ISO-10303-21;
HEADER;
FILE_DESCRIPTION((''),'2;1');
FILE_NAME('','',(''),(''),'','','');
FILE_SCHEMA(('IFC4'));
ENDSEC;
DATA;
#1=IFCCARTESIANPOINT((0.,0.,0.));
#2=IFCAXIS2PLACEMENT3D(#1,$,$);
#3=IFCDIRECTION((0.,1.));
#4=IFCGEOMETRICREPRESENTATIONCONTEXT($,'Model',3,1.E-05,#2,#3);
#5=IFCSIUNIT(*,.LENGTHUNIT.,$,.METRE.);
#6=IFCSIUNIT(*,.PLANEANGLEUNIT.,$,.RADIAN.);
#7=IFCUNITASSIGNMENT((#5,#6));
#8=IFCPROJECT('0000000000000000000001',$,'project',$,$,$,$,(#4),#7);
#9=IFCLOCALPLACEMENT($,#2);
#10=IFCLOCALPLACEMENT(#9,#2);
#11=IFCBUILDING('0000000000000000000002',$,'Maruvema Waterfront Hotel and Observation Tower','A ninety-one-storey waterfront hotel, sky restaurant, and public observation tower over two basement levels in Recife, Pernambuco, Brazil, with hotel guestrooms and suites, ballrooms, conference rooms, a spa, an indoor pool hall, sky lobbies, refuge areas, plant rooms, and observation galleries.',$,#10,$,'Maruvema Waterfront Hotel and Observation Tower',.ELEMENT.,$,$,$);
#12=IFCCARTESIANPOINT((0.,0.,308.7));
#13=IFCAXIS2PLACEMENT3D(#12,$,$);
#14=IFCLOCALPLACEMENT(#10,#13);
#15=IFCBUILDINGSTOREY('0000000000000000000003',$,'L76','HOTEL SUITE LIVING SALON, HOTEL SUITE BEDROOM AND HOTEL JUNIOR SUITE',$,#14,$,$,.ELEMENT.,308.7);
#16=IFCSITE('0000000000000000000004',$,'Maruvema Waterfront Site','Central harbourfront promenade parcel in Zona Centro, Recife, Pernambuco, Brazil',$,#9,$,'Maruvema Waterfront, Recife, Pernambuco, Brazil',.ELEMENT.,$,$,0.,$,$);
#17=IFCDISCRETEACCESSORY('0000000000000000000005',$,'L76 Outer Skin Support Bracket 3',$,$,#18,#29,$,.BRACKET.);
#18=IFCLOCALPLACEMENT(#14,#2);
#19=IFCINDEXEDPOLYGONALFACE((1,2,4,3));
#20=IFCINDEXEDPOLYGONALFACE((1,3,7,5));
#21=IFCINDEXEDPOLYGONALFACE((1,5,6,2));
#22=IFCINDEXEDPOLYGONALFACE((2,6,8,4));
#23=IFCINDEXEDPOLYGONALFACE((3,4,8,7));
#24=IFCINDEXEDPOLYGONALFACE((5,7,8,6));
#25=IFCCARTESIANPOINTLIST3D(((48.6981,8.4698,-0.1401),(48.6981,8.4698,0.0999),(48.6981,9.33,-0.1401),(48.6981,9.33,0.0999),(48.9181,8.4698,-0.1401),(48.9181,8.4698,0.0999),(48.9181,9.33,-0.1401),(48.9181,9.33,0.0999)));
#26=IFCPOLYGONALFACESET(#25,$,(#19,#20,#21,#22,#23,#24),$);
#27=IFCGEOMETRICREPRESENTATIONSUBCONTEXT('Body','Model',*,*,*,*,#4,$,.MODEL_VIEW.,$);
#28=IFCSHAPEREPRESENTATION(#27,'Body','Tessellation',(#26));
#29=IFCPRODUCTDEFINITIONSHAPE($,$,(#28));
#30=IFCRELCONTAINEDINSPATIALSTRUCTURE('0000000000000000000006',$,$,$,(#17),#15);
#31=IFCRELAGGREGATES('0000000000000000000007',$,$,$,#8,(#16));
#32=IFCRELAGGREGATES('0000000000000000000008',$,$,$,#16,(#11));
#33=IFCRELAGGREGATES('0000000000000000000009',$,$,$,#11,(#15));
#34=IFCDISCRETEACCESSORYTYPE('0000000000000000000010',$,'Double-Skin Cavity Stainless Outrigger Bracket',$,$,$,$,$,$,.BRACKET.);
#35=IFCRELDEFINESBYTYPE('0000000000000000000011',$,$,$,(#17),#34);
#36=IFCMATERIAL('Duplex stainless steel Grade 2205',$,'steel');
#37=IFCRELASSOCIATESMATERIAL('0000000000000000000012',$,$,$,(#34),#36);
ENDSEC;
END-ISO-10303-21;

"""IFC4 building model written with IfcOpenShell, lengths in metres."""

from ifc_helpers import new_model, si_unit, direction, frame, origin, origin_2d, place, context, subcontext, project, spatial, rectangle, extrude, material, type_object, element, save


model = new_model("IFC4")

# Units and contexts
model_context = context("Model", 3, precision=1e-05, world=origin(), true_north=direction((0.0, 1.0)))
body_context = subcontext(model_context, "Body", "Model", "MODEL_VIEW")
ifc_project = project(units=[si_unit("LENGTHUNIT", "METRE"), si_unit("PLANEANGLEUNIT", "RADIAN")], contexts=[model_context])

# Site, building, storey
site_placement = place(None, origin())
site = spatial("IfcSite", under=ifc_project, at=site_placement, Name="Maruvema Waterfront Site", Description="Central harbourfront promenade parcel in Zona Centro, Recife, Pernambuco, Brazil", LongName="Maruvema Waterfront, Recife, Pernambuco, Brazil", CompositionType="ELEMENT", RefElevation=0.0)
building_placement = place(site_placement, origin())
building = spatial("IfcBuilding", under=site, at=building_placement, Name="Maruvema Waterfront Hotel and Observation Tower", Description="A ninety-one-storey waterfront hotel, sky restaurant, and public observation tower over two basement levels in Recife, Pernambuco, Brazil, with hotel guestrooms and suites, ballrooms, conference rooms, a spa, an indoor pool hall, sky lobbies, refuge areas, plant rooms, and observation galleries.", LongName="Maruvema Waterfront Hotel and Observation Tower", CompositionType="ELEMENT")
storey_placement = place(building_placement, frame((0.0, 0.0, 308.7)))
storey = spatial("IfcBuildingStorey", under=building, at=storey_placement, Name="L76", Description="HOTEL SUITE LIVING SALON, HOTEL SUITE BEDROOM AND HOTEL JUNIOR SUITE", CompositionType="ELEMENT", Elevation=308.7)

# Discrete accessory
ifc_material_1 = material(Name="Duplex stainless steel Grade 2205", Category="steel")
discrete_accessory_type = type_object("IfcDiscreteAccessoryType", Name="Double-Skin Cavity Stainless Outrigger Bracket", PredefinedType="BRACKET", material=ifc_material_1)
discrete_accessory_placement = place(storey_placement, frame((48.8081, 8.8999, -0.1401), z_axis=(0.0, 0.0, 1.0), x_axis=(1.0, 0.0, 0.0)))
element("IfcDiscreteAccessory", 1, at=discrete_accessory_placement, inside=storey, type_object=discrete_accessory_type, Name="L76 Outer Skin Support Bracket 3", PredefinedType="BRACKET", context=body_context, shape_type="SweptSolid", body=[
    extrude(rectangle(XDim=0.22, YDim=0.8601, at=origin_2d()), origin(), (0.0, 0.0, 1.0), 0.24),
])

save(model, "model.ifc")
